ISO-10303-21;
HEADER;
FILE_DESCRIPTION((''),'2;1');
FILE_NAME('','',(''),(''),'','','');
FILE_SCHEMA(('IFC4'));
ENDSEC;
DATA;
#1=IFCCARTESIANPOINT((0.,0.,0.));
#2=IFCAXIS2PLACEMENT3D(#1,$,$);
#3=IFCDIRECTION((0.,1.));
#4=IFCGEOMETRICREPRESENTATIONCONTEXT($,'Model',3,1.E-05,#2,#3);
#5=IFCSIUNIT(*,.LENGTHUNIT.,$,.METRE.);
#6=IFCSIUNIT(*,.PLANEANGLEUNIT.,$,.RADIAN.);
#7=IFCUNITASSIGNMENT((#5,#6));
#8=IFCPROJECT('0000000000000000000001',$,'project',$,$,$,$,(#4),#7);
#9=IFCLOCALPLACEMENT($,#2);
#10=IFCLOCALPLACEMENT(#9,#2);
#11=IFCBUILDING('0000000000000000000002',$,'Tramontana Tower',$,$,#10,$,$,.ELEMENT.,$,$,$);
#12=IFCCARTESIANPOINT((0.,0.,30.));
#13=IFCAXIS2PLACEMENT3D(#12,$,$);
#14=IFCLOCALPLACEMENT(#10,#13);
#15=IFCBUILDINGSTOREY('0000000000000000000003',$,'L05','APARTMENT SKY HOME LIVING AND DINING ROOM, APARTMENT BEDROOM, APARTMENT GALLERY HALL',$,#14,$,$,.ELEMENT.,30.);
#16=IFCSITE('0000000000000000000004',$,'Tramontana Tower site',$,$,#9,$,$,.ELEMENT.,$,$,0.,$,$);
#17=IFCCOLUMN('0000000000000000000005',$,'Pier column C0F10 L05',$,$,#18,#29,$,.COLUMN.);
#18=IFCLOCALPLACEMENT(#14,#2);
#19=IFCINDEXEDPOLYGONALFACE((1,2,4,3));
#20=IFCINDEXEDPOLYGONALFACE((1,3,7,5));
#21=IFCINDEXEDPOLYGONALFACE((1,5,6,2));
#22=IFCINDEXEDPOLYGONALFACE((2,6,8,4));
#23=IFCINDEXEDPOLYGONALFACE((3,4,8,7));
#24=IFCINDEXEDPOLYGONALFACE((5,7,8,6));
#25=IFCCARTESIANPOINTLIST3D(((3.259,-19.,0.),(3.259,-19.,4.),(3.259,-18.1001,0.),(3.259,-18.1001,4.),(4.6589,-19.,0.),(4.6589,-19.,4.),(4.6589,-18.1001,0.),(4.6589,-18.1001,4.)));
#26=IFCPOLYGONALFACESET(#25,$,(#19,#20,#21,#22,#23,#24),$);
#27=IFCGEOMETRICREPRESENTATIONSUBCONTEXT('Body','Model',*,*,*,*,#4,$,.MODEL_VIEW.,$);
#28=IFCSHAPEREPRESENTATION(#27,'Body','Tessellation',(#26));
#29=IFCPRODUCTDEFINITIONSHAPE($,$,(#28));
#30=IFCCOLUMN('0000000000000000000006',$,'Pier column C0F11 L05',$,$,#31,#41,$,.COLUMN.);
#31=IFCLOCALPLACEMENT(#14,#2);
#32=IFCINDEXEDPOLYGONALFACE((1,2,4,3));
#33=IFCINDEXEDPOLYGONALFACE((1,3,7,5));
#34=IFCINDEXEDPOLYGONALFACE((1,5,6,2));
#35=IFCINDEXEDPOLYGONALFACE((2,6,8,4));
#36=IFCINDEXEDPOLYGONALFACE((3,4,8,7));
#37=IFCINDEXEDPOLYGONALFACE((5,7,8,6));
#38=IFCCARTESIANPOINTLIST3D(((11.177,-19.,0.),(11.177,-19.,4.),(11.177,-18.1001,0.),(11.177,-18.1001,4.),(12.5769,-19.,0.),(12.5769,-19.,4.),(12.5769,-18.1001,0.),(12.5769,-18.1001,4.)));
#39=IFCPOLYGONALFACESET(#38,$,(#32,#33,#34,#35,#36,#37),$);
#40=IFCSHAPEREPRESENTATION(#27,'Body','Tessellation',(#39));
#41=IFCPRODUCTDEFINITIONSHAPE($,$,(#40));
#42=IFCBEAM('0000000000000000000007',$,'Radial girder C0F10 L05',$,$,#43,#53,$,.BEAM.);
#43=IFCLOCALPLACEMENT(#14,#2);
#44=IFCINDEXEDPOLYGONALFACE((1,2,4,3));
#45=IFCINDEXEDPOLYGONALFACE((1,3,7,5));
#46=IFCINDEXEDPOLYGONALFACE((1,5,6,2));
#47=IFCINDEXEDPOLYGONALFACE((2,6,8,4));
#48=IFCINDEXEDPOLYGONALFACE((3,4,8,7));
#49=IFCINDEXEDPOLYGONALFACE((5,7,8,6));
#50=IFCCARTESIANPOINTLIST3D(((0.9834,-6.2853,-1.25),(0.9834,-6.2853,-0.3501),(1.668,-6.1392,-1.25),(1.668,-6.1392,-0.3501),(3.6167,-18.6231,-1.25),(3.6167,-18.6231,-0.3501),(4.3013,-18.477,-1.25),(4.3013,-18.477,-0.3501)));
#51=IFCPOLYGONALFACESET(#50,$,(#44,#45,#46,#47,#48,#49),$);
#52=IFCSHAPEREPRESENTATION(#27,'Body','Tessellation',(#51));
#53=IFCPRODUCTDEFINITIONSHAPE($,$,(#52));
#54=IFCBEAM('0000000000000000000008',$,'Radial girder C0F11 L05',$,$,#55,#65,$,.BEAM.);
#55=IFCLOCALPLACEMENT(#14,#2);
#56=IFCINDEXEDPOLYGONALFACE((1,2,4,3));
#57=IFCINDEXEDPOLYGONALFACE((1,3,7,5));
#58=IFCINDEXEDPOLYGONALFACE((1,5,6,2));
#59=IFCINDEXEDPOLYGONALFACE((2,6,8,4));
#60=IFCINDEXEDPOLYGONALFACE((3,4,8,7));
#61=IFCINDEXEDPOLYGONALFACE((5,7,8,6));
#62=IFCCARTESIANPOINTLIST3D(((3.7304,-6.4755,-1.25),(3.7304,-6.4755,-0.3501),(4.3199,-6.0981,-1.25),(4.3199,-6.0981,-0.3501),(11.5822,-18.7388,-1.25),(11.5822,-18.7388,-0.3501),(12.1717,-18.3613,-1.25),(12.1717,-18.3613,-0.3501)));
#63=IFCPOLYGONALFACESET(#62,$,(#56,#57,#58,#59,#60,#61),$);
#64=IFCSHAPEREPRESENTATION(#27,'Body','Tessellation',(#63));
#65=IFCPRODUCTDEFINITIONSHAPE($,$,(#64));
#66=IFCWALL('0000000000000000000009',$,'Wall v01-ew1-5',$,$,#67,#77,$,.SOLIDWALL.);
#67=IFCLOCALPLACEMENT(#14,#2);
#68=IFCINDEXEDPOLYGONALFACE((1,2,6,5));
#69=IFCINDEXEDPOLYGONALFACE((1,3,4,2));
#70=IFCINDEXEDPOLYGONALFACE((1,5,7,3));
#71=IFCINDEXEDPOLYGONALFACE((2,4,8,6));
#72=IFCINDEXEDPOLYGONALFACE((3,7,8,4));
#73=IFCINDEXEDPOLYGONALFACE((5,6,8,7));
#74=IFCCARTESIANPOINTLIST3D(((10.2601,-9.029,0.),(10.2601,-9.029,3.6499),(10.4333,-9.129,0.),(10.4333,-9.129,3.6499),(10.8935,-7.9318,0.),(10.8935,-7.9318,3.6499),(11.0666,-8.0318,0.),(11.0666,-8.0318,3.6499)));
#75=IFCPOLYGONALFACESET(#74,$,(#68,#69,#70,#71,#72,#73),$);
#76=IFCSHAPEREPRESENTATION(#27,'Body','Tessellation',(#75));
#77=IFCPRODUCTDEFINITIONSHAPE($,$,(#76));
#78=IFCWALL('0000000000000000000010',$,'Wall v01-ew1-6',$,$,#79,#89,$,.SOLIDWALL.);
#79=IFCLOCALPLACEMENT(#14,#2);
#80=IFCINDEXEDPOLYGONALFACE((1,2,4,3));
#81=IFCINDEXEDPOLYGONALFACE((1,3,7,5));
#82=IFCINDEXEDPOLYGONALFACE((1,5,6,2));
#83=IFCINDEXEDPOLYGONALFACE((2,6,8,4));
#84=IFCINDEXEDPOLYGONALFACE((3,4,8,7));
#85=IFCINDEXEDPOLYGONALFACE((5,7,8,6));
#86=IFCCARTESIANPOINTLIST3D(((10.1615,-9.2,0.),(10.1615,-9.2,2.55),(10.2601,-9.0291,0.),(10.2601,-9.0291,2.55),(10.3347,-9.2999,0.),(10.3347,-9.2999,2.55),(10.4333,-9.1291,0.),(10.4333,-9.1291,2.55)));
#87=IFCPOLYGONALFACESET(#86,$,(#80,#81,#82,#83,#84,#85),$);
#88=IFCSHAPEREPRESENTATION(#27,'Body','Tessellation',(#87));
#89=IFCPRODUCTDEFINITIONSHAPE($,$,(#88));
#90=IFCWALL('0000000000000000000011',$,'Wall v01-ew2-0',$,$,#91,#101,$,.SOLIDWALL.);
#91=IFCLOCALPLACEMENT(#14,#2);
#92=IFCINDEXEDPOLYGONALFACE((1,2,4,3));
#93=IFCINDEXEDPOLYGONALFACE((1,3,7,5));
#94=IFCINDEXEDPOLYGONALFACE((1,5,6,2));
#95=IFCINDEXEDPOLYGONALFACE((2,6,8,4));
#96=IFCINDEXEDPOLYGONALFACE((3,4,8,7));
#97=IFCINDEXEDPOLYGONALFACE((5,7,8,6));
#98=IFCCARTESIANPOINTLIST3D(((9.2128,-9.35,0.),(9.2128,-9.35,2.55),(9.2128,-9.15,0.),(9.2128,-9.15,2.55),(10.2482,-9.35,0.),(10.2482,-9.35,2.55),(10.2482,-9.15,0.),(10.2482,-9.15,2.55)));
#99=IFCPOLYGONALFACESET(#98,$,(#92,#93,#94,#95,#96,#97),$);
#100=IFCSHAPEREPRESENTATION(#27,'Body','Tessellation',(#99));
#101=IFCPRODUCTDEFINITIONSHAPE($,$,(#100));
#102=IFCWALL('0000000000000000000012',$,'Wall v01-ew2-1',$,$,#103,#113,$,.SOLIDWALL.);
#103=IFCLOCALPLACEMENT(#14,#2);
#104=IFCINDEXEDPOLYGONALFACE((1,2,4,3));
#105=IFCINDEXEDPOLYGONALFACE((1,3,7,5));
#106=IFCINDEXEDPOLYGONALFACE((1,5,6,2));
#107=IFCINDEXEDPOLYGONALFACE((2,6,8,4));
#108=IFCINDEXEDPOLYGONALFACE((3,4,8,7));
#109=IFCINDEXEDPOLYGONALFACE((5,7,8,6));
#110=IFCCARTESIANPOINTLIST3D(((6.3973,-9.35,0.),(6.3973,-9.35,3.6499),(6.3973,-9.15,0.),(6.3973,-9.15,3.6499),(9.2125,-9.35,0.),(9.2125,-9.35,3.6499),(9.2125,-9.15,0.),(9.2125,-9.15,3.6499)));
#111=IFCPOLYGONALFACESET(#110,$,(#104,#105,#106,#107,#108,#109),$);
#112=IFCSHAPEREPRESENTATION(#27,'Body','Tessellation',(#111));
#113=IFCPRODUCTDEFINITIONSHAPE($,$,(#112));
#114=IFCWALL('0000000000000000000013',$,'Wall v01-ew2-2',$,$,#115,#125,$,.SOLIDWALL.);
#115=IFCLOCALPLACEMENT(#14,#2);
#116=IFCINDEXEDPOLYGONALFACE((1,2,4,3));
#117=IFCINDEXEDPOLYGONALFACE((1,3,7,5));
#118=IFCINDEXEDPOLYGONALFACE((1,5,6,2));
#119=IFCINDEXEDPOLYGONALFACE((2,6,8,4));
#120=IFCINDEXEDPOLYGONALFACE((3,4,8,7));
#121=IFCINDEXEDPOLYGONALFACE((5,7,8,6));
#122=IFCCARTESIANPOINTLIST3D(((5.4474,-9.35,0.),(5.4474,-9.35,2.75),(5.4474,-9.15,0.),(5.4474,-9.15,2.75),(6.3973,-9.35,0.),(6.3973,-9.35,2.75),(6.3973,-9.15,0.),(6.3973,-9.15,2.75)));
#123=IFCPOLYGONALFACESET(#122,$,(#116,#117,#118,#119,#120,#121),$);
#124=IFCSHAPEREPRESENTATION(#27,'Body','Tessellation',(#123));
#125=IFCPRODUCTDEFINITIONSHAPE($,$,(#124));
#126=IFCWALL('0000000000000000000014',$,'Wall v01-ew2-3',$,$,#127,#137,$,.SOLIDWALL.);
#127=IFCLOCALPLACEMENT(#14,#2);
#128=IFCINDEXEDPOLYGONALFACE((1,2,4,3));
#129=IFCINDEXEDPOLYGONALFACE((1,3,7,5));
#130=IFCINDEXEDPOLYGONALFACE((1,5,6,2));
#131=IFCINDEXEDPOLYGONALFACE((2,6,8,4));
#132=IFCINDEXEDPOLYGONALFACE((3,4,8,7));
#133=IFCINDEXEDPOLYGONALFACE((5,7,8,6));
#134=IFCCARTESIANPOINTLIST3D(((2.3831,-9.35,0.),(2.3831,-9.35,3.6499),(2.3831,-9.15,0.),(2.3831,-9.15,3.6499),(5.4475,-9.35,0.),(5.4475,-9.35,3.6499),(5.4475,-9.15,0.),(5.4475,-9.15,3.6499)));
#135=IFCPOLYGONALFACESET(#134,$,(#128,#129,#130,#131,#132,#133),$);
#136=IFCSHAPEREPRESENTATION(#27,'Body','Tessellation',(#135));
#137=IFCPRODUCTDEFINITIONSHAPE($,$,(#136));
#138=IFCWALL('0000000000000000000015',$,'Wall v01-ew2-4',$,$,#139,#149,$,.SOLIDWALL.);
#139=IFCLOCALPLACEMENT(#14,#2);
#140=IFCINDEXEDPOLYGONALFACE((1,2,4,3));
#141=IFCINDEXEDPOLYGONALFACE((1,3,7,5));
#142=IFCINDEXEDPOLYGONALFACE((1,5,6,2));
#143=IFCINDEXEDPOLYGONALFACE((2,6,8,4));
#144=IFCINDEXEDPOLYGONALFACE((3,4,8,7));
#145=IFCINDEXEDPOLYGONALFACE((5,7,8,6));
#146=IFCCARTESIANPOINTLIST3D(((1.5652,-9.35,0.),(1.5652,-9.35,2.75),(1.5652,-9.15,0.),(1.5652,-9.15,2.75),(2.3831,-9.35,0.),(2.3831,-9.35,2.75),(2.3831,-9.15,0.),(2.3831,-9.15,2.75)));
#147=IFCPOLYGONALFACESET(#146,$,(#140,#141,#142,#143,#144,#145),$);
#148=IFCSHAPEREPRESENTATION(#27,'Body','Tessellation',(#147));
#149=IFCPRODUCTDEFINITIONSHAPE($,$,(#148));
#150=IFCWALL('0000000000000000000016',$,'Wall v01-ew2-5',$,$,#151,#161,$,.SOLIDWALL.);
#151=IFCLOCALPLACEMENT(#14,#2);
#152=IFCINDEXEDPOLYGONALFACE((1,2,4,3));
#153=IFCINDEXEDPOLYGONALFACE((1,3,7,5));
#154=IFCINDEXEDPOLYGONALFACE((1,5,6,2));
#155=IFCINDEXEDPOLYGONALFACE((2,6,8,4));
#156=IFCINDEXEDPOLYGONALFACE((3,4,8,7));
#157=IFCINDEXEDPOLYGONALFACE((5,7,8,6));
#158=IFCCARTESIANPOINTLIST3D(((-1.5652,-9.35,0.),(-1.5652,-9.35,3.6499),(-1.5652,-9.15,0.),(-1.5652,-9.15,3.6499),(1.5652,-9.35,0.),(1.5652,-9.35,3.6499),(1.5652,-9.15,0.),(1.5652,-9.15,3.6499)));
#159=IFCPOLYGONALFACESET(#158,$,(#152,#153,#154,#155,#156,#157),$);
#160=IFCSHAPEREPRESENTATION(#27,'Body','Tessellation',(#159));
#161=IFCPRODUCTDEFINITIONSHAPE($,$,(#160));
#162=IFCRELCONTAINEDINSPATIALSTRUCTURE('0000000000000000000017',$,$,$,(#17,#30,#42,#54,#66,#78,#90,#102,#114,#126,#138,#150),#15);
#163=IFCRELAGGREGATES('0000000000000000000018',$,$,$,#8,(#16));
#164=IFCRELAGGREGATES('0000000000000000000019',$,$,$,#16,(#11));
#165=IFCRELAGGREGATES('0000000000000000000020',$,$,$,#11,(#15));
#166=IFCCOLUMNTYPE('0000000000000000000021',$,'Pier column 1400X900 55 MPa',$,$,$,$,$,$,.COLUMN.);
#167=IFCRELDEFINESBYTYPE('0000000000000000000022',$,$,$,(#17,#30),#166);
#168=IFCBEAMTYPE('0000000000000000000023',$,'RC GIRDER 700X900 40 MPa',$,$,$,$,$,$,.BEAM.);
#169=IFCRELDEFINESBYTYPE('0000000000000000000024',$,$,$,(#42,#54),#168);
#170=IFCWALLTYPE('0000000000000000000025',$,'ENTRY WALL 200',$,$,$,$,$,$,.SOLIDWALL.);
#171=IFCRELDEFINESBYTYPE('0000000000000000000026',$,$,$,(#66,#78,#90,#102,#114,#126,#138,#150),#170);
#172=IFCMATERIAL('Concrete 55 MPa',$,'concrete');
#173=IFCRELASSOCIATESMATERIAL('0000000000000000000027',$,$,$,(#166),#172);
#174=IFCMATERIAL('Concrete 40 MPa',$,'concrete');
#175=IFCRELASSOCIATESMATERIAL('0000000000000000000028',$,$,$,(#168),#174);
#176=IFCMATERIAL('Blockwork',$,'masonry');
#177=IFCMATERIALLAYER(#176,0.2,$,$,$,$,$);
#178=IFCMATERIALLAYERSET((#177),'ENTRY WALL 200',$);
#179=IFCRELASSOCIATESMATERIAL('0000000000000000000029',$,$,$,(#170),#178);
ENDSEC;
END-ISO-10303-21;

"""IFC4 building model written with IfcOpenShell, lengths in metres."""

from ifc_helpers import new_model, si_unit, direction, frame, frame_2d, origin, origin_2d, place, context, subcontext, project, spatial, rectangle, extrude, material, layer, layer_set, material_profile, profile_set, type_object, element, save


model = new_model("IFC4")

# Units and contexts
model_context = context("Model", 3, precision=1e-05, world=origin(), true_north=direction((0.0, 1.0)))
body_context = subcontext(model_context, "Body", "Model", "MODEL_VIEW")
ifc_project = project(units=[si_unit("LENGTHUNIT", "METRE"), si_unit("PLANEANGLEUNIT", "RADIAN")], contexts=[model_context])

# Site, building, storey
site_placement = place(None, origin())
site = spatial("IfcSite", under=ifc_project, at=site_placement, Name="Tramontana Tower site", CompositionType="ELEMENT", RefElevation=0.0)
building_placement = place(site_placement, origin())
building = spatial("IfcBuilding", under=site, at=building_placement, Name="Tramontana Tower", CompositionType="ELEMENT")
storey_placement = place(building_placement, frame((0.0, 0.0, 30.0)))
storey = spatial("IfcBuildingStorey", under=building, at=storey_placement, Name="L05", Description="APARTMENT SKY HOME LIVING AND DINING ROOM, APARTMENT BEDROOM, APARTMENT GALLERY HALL", CompositionType="ELEMENT", Elevation=30.0)

# Columns
ifc_material_1 = material(Name="Concrete 55 MPa", Category="concrete")
ifc_material_profile_1 = material_profile(ifc_material_1, rectangle(XDim=1.3999, YDim=0.8999, at=origin_2d()), Name="Pier column 1400X900 55 MPa")
ifc_profile_set_1 = profile_set([ifc_material_profile_1], Name="Concrete 55 MPa")
column_type = type_object("IfcColumnType", Name="Pier column 1400X900 55 MPa", PredefinedType="COLUMN", material=ifc_profile_set_1)
for number, where, z_axis, x_axis, name in (
    (1, (3.959, -18.55, 0.0), (0.0, 0.0, 1.0), (1.0, 0.0, 0.0), "Pier column C0F10 L05"),
    (2, (11.877, -18.55, 0.0), (0.0, 0.0, 1.0), (1.0, 0.0, 0.0), "Pier column C0F11 L05"),
):
    element("IfcColumn", number, at=place(storey_placement, frame(where, z_axis=z_axis, x_axis=x_axis)), inside=storey, type_object=column_type, Name=name, PredefinedType="COLUMN", context=body_context, shape_type="SweptSolid", body=[
        extrude(rectangle(XDim=1.3999, YDim=0.8999, at=origin_2d()), origin(), (0.0, 0.0, 1.0), 4.0),
    ])

# Beams
ifc_material_2 = material(Name="Concrete 40 MPa", Category="concrete")
ifc_material_profile_2 = material_profile(ifc_material_2, rectangle(XDim=0.7, YDim=0.8999, at=origin_2d()), Name="RC GIRDER 700X900 40 MPa")
ifc_profile_set_2 = profile_set([ifc_material_profile_2], Name="Concrete 40 MPa")
beam_type = type_object("IfcBeamType", Name="RC GIRDER 700X900 40 MPa", PredefinedType="BEAM", material=ifc_profile_set_2)
beam_1_placement = place(storey_placement, frame((3.959, -18.55, -0.8), z_axis=(-0.208731, 0.977973, 0.0), x_axis=(-0.977973, -0.208731, 0.0)))
element("IfcBeam", 3, at=beam_1_placement, inside=storey, type_object=beam_type, Name="Radial girder C0F10 L05", PredefinedType="BEAM", context=body_context, shape_type="SweptSolid", body=[
    extrude(rectangle(XDim=0.7, YDim=0.8999, at=origin_2d()), origin(), (0.0, 0.0, 1.0), 12.6157),
])
beam_2_placement = place(storey_placement, frame((11.877, -18.55, -0.8), z_axis=(-0.539218, 0.842166, 0.0), x_axis=(-0.842166, -0.539218, 0.0)))
element("IfcBeam", 4, at=beam_2_placement, inside=storey, type_object=beam_type, Name="Radial girder C0F11 L05", PredefinedType="BEAM", context=body_context, shape_type="SweptSolid", body=[
    extrude(rectangle(XDim=0.7, YDim=0.8999, at=origin_2d()), origin(), (0.0, 0.0, 1.0), 14.5615),
])

# Walls
ifc_material_3 = material(Name="Blockwork", Category="masonry")
ifc_layer_1 = layer(ifc_material_3, 0.2)
ifc_layer_set_1 = layer_set([ifc_layer_1], Name="ENTRY WALL 200")
wall_type_1 = type_object("IfcWallType", Name="ENTRY WALL 200", PredefinedType="SOLIDWALL", material=ifc_layer_set_1)
wall_1_placement = place(storey_placement, frame((10.98, -7.9819, 0.0), z_axis=(0.0, 0.0, 1.0), x_axis=(-0.499912, -0.866076, 0.0)))
element("IfcWall", 5, at=wall_1_placement, inside=storey, type_object=wall_type_1, Name="Wall v01-ew1-5", PredefinedType="SOLIDWALL", context=body_context, shape_type="SweptSolid", body=[
    extrude(rectangle(XDim=1.2668, YDim=0.2, at=frame_2d((0.6333, 0.0))), origin(), (0.0, 0.0, 1.0), 3.6499),
])
wall_2_placement = place(storey_placement, frame((10.3467, -9.0791, 0.0), z_axis=(0.0, 0.0, 1.0), x_axis=(-0.499865, -0.866103, 0.0)))
element("IfcWall", 6, at=wall_2_placement, inside=storey, type_object=wall_type_1, Name="Wall v01-ew1-6", PredefinedType="SOLIDWALL", context=body_context, shape_type="SweptSolid", body=[
    extrude(rectangle(XDim=0.1973, YDim=0.2, at=frame_2d((0.0986, 0.0))), origin(), (0.0, 0.0, 1.0), 2.55),
])
wall_3_placement = place(storey_placement, frame((10.248, -9.25, 0.0), z_axis=(0.0, 0.0, 1.0), x_axis=(-1.0, 0.0, 0.0)))
element("IfcWall", 7, at=wall_3_placement, inside=storey, type_object=wall_type_1, Name="Wall v01-ew2-0", PredefinedType="SOLIDWALL", context=body_context, shape_type="SweptSolid", body=[
    extrude(rectangle(XDim=1.0354, YDim=0.2, at=frame_2d((0.5176, 0.0))), origin(), (0.0, 0.0, 1.0), 2.55),
])
wall_4_placement = place(storey_placement, frame((9.2126, -9.25, 0.0), z_axis=(0.0, 0.0, 1.0), x_axis=(-1.0, 0.0, 0.0)))
element("IfcWall", 8, at=wall_4_placement, inside=storey, type_object=wall_type_1, Name="Wall v01-ew2-1", PredefinedType="SOLIDWALL", context=body_context, shape_type="SweptSolid", body=[
    extrude(rectangle(XDim=2.8152, YDim=0.2, at=frame_2d((1.4077, 0.0))), origin(), (0.0, 0.0, 1.0), 3.6499),
])
wall_5_placement = place(storey_placement, frame((6.3975, -9.25, 0.0), z_axis=(0.0, 0.0, 1.0), x_axis=(-1.0, 0.0, 0.0)))
element("IfcWall", 9, at=wall_5_placement, inside=storey, type_object=wall_type_1, Name="Wall v01-ew2-2", PredefinedType="SOLIDWALL", context=body_context, shape_type="SweptSolid", body=[
    extrude(rectangle(XDim=0.95, YDim=0.2, at=frame_2d((0.4751, 0.0))), origin(), (0.0, 0.0, 1.0), 2.75),
])
wall_6_placement = place(storey_placement, frame((5.4475, -9.25, 0.0), z_axis=(0.0, 0.0, 1.0), x_axis=(-1.0, 0.0, 0.0)))
element("IfcWall", 10, at=wall_6_placement, inside=storey, type_object=wall_type_1, Name="Wall v01-ew2-3", PredefinedType="SOLIDWALL", context=body_context, shape_type="SweptSolid", body=[
    extrude(rectangle(XDim=3.0645, YDim=0.2, at=frame_2d((1.5322, 0.0))), origin(), (0.0, 0.0, 1.0), 3.6499),
])
wall_7_placement = place(storey_placement, frame((2.3831, -9.25, 0.0), z_axis=(0.0, 0.0, 1.0), x_axis=(-1.0, 0.0, 0.0)))
element("IfcWall", 11, at=wall_7_placement, inside=storey, type_object=wall_type_1, Name="Wall v01-ew2-4", PredefinedType="SOLIDWALL", context=body_context, shape_type="SweptSolid", body=[
    extrude(rectangle(XDim=0.8179, YDim=0.2, at=frame_2d((0.4089, 0.0))), origin(), (0.0, 0.0, 1.0), 2.75),
])
wall_8_placement = place(storey_placement, frame((1.5652, -9.25, 0.0), z_axis=(0.0, 0.0, 1.0), x_axis=(-1.0, 0.0, 0.0)))
element("IfcWall", 12, at=wall_8_placement, inside=storey, type_object=wall_type_1, Name="Wall v01-ew2-5", PredefinedType="SOLIDWALL", context=body_context, shape_type="SweptSolid", body=[
    extrude(rectangle(XDim=3.1304, YDim=0.2, at=frame_2d((1.5652, 0.0))), origin(), (0.0, 0.0, 1.0), 3.6499),
])

save(model, "model.ifc")
